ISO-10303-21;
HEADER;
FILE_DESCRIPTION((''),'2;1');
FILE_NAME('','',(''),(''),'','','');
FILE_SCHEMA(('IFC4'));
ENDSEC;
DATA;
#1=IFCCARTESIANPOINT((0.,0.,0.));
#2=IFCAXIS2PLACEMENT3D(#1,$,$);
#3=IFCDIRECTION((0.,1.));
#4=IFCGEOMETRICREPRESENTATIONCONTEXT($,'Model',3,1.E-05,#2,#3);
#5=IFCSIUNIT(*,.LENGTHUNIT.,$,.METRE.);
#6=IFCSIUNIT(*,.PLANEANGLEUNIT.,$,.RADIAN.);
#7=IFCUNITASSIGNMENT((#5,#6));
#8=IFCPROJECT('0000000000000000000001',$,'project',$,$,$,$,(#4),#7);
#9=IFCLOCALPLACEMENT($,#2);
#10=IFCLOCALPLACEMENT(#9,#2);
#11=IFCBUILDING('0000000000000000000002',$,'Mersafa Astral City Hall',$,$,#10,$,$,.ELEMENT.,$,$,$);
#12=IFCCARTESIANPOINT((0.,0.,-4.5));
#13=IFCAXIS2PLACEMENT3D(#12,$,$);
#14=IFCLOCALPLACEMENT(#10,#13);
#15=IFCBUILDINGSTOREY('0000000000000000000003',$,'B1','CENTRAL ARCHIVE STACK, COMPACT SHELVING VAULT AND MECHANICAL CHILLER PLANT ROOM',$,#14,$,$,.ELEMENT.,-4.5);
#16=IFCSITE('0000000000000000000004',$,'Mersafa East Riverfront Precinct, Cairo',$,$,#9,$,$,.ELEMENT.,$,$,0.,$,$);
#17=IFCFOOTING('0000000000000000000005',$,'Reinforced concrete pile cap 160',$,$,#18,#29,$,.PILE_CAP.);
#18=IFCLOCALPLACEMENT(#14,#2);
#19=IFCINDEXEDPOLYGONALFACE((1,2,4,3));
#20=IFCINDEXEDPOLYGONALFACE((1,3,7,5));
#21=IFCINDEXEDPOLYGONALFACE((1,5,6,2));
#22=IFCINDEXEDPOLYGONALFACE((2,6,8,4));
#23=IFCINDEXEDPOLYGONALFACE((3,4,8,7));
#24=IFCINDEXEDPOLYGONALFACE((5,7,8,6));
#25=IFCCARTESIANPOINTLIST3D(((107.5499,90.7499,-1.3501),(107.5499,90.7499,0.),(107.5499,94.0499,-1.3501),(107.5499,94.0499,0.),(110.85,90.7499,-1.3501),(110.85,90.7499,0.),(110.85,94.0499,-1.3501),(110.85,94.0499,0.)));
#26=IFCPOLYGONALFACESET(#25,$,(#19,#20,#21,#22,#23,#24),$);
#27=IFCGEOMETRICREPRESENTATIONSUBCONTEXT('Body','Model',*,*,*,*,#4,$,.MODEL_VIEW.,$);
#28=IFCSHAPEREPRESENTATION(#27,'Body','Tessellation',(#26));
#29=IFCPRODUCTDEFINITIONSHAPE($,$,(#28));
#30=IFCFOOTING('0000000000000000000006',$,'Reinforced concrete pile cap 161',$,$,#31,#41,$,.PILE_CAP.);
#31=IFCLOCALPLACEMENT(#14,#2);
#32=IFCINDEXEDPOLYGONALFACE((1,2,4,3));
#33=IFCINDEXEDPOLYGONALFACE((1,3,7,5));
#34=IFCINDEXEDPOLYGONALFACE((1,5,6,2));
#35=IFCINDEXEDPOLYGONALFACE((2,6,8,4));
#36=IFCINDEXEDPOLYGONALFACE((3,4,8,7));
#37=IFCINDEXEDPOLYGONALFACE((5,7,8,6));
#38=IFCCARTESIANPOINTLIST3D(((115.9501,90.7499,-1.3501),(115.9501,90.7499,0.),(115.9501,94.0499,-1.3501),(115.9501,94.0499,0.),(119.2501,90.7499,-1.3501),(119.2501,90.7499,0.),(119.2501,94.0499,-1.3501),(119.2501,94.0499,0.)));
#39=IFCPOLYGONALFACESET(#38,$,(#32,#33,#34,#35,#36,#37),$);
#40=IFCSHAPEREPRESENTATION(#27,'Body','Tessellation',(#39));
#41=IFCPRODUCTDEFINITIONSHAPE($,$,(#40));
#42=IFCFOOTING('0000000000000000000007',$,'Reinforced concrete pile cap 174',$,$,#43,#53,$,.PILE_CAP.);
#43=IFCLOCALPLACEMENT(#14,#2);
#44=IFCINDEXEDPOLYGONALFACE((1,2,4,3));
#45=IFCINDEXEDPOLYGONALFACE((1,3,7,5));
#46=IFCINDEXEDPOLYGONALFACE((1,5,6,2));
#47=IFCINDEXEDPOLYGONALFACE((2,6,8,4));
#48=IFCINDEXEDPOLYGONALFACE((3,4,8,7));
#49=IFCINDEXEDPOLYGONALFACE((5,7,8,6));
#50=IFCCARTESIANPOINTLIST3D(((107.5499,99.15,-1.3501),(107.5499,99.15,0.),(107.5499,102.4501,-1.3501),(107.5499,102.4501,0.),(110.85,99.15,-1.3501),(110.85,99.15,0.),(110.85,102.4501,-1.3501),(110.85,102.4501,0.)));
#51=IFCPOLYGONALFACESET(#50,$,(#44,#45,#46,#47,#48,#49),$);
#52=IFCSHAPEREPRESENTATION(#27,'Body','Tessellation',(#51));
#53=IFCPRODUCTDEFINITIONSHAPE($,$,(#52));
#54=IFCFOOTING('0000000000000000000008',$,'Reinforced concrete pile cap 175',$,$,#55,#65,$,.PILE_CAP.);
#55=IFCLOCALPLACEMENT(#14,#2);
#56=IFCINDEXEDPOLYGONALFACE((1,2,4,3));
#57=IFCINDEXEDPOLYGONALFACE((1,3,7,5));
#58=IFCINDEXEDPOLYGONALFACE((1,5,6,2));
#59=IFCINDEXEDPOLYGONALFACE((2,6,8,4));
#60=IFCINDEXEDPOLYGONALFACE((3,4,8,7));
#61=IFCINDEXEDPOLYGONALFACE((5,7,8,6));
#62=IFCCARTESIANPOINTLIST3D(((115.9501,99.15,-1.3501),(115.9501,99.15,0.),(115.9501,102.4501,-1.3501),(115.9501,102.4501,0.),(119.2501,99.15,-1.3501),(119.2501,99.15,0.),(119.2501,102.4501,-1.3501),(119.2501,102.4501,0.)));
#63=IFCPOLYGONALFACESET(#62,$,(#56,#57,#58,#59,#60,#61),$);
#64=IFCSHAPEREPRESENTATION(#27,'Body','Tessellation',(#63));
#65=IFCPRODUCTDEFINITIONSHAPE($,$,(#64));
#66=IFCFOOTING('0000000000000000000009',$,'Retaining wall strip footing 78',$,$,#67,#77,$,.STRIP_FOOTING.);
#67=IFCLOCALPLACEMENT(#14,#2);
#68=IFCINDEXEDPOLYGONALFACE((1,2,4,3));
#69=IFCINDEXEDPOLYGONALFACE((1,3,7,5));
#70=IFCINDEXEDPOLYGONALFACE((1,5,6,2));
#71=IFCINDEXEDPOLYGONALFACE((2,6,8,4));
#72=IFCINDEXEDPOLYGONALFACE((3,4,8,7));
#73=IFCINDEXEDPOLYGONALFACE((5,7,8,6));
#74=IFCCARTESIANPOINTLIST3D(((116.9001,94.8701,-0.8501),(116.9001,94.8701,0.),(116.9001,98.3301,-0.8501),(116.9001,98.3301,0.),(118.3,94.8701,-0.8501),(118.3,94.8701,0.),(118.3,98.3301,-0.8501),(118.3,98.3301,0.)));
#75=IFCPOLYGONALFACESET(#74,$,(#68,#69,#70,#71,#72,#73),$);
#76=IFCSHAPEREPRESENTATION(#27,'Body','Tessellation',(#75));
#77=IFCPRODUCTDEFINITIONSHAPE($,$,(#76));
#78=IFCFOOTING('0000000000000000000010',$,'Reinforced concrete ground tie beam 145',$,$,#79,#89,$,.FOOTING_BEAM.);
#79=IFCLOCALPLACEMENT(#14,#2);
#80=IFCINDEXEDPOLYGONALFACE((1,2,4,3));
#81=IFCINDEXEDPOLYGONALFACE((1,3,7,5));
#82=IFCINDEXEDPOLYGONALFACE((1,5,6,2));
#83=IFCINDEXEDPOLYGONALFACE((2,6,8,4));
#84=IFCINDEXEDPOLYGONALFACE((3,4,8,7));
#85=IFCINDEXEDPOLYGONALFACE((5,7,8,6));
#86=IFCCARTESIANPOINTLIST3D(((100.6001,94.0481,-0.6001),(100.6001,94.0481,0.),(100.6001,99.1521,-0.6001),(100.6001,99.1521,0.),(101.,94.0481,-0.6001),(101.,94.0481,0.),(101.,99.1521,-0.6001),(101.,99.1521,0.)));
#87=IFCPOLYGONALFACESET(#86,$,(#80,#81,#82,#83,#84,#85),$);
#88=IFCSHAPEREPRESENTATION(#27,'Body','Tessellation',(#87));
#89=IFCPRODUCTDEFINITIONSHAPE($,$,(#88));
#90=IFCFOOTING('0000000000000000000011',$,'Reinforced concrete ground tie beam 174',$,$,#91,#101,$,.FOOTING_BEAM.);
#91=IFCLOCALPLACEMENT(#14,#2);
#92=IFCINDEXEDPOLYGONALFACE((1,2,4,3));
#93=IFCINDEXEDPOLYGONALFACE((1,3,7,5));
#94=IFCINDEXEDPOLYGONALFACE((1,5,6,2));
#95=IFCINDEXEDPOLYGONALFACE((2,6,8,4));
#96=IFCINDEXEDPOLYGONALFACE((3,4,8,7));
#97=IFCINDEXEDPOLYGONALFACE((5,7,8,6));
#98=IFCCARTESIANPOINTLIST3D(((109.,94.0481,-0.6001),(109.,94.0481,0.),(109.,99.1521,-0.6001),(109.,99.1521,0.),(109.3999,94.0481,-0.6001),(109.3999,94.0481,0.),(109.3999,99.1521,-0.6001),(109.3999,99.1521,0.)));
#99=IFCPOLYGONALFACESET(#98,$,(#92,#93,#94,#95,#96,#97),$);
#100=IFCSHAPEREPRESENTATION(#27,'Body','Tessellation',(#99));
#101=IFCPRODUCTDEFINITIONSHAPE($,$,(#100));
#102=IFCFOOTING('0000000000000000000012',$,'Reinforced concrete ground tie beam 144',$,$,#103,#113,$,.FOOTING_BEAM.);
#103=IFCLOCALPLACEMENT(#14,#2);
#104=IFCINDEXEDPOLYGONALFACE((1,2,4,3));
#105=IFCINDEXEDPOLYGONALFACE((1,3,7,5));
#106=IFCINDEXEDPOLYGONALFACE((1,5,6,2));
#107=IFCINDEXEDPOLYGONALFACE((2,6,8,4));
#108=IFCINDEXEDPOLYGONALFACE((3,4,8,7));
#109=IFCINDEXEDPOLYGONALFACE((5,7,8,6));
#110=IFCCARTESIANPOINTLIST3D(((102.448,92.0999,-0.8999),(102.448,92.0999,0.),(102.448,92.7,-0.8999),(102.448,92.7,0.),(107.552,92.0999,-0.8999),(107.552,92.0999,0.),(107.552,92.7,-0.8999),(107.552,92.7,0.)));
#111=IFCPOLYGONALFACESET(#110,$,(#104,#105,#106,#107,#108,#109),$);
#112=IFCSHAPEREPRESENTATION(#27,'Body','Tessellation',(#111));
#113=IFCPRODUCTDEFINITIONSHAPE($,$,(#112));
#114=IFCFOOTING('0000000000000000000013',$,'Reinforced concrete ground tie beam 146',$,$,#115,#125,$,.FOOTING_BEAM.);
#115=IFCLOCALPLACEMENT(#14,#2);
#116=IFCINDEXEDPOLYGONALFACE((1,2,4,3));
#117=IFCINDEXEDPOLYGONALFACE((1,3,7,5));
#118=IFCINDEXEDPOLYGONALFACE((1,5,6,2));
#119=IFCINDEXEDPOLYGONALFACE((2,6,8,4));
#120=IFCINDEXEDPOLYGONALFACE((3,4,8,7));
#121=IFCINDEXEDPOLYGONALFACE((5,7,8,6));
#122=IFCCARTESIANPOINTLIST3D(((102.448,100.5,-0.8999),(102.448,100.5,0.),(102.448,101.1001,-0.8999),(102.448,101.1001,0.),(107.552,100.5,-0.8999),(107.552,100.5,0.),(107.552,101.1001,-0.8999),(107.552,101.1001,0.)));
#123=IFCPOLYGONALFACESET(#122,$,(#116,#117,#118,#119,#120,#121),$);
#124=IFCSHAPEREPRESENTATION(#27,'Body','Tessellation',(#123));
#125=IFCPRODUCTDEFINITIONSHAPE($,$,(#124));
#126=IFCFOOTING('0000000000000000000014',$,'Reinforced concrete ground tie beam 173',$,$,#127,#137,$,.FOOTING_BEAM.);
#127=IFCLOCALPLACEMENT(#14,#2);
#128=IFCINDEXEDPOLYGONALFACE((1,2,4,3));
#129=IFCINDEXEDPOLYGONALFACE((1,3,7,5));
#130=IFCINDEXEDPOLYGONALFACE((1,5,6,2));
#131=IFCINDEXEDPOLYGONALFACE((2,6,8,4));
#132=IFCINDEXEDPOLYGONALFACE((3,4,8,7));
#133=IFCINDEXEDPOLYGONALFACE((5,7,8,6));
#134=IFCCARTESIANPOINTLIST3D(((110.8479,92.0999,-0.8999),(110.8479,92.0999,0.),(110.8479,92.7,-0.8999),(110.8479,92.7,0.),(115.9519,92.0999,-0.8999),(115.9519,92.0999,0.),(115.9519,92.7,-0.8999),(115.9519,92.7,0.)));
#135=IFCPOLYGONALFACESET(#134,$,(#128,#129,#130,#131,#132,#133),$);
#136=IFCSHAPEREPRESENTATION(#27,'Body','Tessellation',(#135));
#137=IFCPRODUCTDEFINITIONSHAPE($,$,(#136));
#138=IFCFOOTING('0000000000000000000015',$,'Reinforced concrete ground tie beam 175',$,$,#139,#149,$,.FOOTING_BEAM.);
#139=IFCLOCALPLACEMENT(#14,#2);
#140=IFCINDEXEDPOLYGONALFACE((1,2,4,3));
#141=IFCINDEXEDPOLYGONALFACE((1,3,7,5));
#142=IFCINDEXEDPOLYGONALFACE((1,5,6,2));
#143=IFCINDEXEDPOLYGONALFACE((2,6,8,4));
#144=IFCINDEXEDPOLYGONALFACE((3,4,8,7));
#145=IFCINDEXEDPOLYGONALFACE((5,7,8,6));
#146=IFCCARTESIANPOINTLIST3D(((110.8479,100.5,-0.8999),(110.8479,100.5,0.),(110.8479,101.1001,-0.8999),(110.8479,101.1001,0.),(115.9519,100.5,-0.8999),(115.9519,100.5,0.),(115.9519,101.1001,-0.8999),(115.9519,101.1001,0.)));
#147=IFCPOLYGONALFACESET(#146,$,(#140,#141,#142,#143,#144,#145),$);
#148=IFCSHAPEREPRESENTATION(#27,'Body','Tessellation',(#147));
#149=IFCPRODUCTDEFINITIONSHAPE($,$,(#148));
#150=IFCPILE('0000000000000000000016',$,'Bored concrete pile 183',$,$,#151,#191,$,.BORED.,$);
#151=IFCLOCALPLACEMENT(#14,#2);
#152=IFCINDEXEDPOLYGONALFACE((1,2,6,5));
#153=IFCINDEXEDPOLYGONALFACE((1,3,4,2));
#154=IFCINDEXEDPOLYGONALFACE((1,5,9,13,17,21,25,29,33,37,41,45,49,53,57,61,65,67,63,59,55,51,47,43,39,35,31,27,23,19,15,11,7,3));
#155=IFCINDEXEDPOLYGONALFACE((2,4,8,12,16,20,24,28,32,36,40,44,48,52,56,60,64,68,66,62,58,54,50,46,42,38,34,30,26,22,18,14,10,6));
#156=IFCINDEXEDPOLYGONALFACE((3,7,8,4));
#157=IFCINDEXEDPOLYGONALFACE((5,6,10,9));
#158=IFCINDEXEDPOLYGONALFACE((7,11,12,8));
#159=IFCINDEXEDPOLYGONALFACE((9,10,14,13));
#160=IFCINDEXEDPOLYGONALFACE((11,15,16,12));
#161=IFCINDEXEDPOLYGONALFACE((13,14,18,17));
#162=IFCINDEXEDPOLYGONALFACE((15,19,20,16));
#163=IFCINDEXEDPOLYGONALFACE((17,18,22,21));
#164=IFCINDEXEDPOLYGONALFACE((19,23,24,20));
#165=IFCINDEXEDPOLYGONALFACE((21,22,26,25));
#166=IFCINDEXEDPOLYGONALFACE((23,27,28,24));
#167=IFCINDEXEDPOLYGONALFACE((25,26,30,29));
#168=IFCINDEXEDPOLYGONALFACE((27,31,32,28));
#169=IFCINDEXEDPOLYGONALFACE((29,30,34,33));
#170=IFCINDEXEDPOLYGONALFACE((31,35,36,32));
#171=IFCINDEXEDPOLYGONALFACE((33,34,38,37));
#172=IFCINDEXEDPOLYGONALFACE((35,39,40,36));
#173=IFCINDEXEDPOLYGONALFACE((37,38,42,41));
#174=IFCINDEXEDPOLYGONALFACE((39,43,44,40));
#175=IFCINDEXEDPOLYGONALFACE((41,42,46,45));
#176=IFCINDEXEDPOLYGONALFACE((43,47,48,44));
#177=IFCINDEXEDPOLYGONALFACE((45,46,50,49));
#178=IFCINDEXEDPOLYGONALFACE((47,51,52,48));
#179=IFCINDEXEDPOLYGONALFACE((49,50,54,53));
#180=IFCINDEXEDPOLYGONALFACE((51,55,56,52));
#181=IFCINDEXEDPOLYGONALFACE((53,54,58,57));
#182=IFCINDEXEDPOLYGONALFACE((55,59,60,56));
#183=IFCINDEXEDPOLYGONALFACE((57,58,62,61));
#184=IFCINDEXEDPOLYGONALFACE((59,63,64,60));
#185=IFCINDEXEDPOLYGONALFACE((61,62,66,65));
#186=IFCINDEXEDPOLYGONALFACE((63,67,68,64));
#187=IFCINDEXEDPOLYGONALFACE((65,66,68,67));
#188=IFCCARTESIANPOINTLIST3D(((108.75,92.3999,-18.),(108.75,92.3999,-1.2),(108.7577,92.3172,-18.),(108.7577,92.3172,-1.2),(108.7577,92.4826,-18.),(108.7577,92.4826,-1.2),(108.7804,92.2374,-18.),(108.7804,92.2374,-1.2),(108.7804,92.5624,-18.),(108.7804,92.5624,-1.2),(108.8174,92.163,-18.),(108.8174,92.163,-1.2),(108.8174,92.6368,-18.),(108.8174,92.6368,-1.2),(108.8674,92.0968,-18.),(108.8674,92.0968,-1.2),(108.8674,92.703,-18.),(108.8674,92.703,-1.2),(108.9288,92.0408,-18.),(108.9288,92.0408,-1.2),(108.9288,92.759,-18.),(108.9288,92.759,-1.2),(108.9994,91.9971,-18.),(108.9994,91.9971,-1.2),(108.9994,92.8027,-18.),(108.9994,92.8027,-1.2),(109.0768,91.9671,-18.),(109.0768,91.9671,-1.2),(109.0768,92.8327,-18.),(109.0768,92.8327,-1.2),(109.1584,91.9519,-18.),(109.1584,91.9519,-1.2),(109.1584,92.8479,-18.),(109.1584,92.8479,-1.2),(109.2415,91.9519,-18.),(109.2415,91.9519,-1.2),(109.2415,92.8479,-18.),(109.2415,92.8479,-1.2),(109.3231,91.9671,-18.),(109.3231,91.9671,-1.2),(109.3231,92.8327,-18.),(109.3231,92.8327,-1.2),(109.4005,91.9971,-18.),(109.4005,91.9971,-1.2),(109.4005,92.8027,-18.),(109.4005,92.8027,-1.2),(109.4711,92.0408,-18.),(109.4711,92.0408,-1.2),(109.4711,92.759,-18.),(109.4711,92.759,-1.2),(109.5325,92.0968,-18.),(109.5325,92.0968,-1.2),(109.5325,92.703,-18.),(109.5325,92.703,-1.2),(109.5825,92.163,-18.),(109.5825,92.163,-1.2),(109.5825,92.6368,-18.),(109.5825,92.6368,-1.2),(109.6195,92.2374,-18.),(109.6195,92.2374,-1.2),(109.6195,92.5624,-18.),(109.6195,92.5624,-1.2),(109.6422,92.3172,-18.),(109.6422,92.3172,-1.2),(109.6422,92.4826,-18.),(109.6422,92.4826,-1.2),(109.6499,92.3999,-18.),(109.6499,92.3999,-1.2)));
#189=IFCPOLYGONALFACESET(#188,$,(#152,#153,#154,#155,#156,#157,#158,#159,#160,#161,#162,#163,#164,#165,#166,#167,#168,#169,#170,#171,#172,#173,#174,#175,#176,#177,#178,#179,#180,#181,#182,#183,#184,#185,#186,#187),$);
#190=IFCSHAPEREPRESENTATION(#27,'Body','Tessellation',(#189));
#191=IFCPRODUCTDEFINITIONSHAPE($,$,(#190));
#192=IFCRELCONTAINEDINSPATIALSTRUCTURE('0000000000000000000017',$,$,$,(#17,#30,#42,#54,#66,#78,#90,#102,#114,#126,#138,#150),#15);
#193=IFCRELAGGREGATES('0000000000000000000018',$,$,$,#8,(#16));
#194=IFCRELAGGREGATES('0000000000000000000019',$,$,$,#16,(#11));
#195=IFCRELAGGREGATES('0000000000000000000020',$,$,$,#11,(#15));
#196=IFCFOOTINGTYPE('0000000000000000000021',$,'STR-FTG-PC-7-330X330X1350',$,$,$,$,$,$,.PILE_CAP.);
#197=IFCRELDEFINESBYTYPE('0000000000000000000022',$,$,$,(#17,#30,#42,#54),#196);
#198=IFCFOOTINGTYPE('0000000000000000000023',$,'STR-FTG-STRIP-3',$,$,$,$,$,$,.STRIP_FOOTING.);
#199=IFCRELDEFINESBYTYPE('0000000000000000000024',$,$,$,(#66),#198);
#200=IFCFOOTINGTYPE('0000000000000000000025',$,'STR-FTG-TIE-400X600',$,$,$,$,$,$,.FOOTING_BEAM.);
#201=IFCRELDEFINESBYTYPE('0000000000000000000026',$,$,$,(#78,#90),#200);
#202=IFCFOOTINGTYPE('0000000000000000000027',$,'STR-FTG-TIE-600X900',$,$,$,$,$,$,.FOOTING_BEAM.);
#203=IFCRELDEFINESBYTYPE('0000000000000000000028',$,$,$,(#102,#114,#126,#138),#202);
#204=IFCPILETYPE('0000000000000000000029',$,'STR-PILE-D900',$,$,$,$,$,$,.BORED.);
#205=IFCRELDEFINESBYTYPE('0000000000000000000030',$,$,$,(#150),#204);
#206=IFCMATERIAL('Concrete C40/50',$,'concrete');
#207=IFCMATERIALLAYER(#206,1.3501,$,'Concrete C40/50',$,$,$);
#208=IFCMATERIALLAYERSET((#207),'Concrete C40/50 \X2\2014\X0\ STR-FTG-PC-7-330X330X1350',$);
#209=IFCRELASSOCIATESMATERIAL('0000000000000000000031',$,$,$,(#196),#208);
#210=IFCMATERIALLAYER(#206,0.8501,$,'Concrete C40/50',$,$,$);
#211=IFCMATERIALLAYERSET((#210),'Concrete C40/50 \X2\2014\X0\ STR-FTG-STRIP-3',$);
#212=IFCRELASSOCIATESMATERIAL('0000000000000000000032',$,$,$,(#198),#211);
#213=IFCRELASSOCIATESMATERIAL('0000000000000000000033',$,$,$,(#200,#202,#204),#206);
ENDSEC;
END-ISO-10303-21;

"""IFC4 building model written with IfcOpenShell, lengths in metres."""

from ifc_helpers import new_model, si_unit, direction, frame, origin, origin_2d, place, context, subcontext, project, spatial, rectangle, circle, extrude, material, layer, layer_set, material_profile, profile_set, type_object, element, save


model = new_model("IFC4")

# Units and contexts
model_context = context("Model", 3, precision=1e-05, world=origin(), true_north=direction((0.0, 1.0)))
body_context = subcontext(model_context, "Body", "Model", "MODEL_VIEW")
ifc_project = project(units=[si_unit("LENGTHUNIT", "METRE"), si_unit("PLANEANGLEUNIT", "RADIAN")], contexts=[model_context])

# Site, building, storey
site_placement = place(None, origin())
site = spatial("IfcSite", under=ifc_project, at=site_placement, Name="Mersafa East Riverfront Precinct, Cairo", CompositionType="ELEMENT", RefElevation=0.0)
building_placement = place(site_placement, origin())
building = spatial("IfcBuilding", under=site, at=building_placement, Name="Mersafa Astral City Hall", CompositionType="ELEMENT")
storey_placement = place(building_placement, frame((0.0, 0.0, -4.5)))
storey = spatial("IfcBuildingStorey", under=building, at=storey_placement, Name="B1", Description="CENTRAL ARCHIVE STACK, COMPACT SHELVING VAULT AND MECHANICAL CHILLER PLANT ROOM", CompositionType="ELEMENT", Elevation=-4.5)

# Footings
ifc_material_1 = material(Name="Concrete C40/50", Category="concrete")
ifc_layer_1 = layer(ifc_material_1, 1.3501, Name="Concrete C40/50")
ifc_layer_set_1 = layer_set([ifc_layer_1], Name="Concrete C40/50 — STR-FTG-PC-7-330X330X1350")
footing_type_1 = type_object("IfcFootingType", Name="STR-FTG-PC-7-330X330X1350", PredefinedType="PILE_CAP", material=ifc_layer_set_1)
for number, where, z_axis, x_axis, name in (
    (1, (109.2, 92.3999, -1.3501), (0.0, 0.0, 1.0), (1.0, 0.0, 0.0), "Reinforced concrete pile cap 160"),
    (2, (117.6001, 92.3999, -1.3501), (0.0, 0.0, 1.0), (1.0, 0.0, 0.0), "Reinforced concrete pile cap 161"),
    (3, (109.2, 100.8, -1.3501), (0.0, 0.0, 1.0), (1.0, 0.0, 0.0), "Reinforced concrete pile cap 174"),
    (4, (117.6001, 100.8, -1.3501), (0.0, 0.0, 1.0), (1.0, 0.0, 0.0), "Reinforced concrete pile cap 175"),
):
    element("IfcFooting", number, at=place(storey_placement, frame(where, z_axis=z_axis, x_axis=x_axis)), inside=storey, type_object=footing_type_1, Name=name, PredefinedType="PILE_CAP", context=body_context, shape_type="SweptSolid", body=[
        extrude(rectangle(XDim=3.3, YDim=3.3, at=origin_2d()), origin(), (0.0, 0.0, 1.0), 1.3501),
    ])
ifc_layer_2 = layer(ifc_material_1, 0.8501, Name="Concrete C40/50")
ifc_layer_set_2 = layer_set([ifc_layer_2], Name="Concrete C40/50 — STR-FTG-STRIP-3")
footing_type_2 = type_object("IfcFootingType", Name="STR-FTG-STRIP-3", PredefinedType="STRIP_FOOTING", material=ifc_layer_set_2)
footing_placement = place(storey_placement, frame((117.6001, 96.6001, -0.8501), z_axis=(0.0, 0.0, 1.0), x_axis=(0.0, -1.0, 0.0)))
element("IfcFooting", 5, at=footing_placement, inside=storey, type_object=footing_type_2, Name="Retaining wall strip footing 78", PredefinedType="STRIP_FOOTING", context=body_context, shape_type="SweptSolid", body=[
    extrude(rectangle(XDim=3.46, YDim=1.3999, at=origin_2d()), origin(), (0.0, 0.0, 1.0), 0.8501),
])
ifc_material_profile_1 = material_profile(ifc_material_1, rectangle(XDim=0.3999, YDim=0.6001, at=origin_2d()), Name="RC 400x600")
ifc_profile_set_1 = profile_set([ifc_material_profile_1], Name="Concrete C40/50")
footing_type_3 = type_object("IfcFootingType", Name="STR-FTG-TIE-400X600", PredefinedType="FOOTING_BEAM", material=ifc_profile_set_1)
for number, where, z_axis, x_axis, name in (
    (6, (100.8, 94.0481, -0.3), (0.0, 1.0, 0.0), (-1.0, 0.0, 0.0), "Reinforced concrete ground tie beam 145"),
    (7, (109.2, 94.0481, -0.3), (0.0, 1.0, 0.0), (-1.0, 0.0, 0.0), "Reinforced concrete ground tie beam 174"),
):
    element("IfcFooting", number, at=place(storey_placement, frame(where, z_axis=z_axis, x_axis=x_axis)), inside=storey, type_object=footing_type_3, Name=name, PredefinedType="FOOTING_BEAM", context=body_context, shape_type="SweptSolid", body=[
        extrude(rectangle(XDim=0.3999, YDim=0.6001, at=origin_2d()), origin(), (0.0, 0.0, 1.0), 5.104),
    ])
ifc_material_profile_2 = material_profile(ifc_material_1, rectangle(XDim=0.6001, YDim=0.8999, at=origin_2d()), Name="RC 600x900")
ifc_profile_set_2 = profile_set([ifc_material_profile_2], Name="Concrete C40/50")
footing_type_4 = type_object("IfcFootingType", Name="STR-FTG-TIE-600X900", PredefinedType="FOOTING_BEAM", material=ifc_profile_set_2)
for number, where, z_axis, x_axis, name in (
    (8, (102.448, 92.3999, -0.45), (1.0, 0.0, 0.0), (0.0, 1.0, 0.0), "Reinforced concrete ground tie beam 144"),
    (9, (102.448, 100.8, -0.45), (1.0, 0.0, 0.0), (0.0, 1.0, 0.0), "Reinforced concrete ground tie beam 146"),
    (10, (110.8479, 92.3999, -0.45), (1.0, 0.0, 0.0), (0.0, 1.0, 0.0), "Reinforced concrete ground tie beam 173"),
    (11, (110.8479, 100.8, -0.45), (1.0, 0.0, 0.0), (0.0, 1.0, 0.0), "Reinforced concrete ground tie beam 175"),
):
    element("IfcFooting", number, at=place(storey_placement, frame(where, z_axis=z_axis, x_axis=x_axis)), inside=storey, type_object=footing_type_4, Name=name, PredefinedType="FOOTING_BEAM", context=body_context, shape_type="SweptSolid", body=[
        extrude(rectangle(XDim=0.6001, YDim=0.8999, at=origin_2d()), origin(), (0.0, 0.0, 1.0), 5.104),
    ])

# Pile
ifc_material_profile_3 = material_profile(ifc_material_1, circle(Radius=0.45, at=origin_2d()), Name="PILE D900")
ifc_profile_set_3 = profile_set([ifc_material_profile_3], Name="Concrete C40/50")
pile_type = type_object("IfcPileType", Name="STR-PILE-D900", PredefinedType="BORED", material=ifc_profile_set_3)
for number, where, z_axis, x_axis, name in (
    (12, (109.2, 92.3999, -1.2), (0.0, 0.0, -1.0), (1.0, 0.0, 0.0), "Bored concrete pile 183"),
):
    element("IfcPile", number, at=place(storey_placement, frame(where, z_axis=z_axis, x_axis=x_axis)), inside=storey, type_object=pile_type, Name=name, PredefinedType="BORED", context=body_context, shape_type="SweptSolid", body=[
        extrude(circle(Radius=0.45, at=origin_2d()), origin(), (0.0, 0.0, 1.0), 16.8),
    ])

save(model, "model.ifc")
